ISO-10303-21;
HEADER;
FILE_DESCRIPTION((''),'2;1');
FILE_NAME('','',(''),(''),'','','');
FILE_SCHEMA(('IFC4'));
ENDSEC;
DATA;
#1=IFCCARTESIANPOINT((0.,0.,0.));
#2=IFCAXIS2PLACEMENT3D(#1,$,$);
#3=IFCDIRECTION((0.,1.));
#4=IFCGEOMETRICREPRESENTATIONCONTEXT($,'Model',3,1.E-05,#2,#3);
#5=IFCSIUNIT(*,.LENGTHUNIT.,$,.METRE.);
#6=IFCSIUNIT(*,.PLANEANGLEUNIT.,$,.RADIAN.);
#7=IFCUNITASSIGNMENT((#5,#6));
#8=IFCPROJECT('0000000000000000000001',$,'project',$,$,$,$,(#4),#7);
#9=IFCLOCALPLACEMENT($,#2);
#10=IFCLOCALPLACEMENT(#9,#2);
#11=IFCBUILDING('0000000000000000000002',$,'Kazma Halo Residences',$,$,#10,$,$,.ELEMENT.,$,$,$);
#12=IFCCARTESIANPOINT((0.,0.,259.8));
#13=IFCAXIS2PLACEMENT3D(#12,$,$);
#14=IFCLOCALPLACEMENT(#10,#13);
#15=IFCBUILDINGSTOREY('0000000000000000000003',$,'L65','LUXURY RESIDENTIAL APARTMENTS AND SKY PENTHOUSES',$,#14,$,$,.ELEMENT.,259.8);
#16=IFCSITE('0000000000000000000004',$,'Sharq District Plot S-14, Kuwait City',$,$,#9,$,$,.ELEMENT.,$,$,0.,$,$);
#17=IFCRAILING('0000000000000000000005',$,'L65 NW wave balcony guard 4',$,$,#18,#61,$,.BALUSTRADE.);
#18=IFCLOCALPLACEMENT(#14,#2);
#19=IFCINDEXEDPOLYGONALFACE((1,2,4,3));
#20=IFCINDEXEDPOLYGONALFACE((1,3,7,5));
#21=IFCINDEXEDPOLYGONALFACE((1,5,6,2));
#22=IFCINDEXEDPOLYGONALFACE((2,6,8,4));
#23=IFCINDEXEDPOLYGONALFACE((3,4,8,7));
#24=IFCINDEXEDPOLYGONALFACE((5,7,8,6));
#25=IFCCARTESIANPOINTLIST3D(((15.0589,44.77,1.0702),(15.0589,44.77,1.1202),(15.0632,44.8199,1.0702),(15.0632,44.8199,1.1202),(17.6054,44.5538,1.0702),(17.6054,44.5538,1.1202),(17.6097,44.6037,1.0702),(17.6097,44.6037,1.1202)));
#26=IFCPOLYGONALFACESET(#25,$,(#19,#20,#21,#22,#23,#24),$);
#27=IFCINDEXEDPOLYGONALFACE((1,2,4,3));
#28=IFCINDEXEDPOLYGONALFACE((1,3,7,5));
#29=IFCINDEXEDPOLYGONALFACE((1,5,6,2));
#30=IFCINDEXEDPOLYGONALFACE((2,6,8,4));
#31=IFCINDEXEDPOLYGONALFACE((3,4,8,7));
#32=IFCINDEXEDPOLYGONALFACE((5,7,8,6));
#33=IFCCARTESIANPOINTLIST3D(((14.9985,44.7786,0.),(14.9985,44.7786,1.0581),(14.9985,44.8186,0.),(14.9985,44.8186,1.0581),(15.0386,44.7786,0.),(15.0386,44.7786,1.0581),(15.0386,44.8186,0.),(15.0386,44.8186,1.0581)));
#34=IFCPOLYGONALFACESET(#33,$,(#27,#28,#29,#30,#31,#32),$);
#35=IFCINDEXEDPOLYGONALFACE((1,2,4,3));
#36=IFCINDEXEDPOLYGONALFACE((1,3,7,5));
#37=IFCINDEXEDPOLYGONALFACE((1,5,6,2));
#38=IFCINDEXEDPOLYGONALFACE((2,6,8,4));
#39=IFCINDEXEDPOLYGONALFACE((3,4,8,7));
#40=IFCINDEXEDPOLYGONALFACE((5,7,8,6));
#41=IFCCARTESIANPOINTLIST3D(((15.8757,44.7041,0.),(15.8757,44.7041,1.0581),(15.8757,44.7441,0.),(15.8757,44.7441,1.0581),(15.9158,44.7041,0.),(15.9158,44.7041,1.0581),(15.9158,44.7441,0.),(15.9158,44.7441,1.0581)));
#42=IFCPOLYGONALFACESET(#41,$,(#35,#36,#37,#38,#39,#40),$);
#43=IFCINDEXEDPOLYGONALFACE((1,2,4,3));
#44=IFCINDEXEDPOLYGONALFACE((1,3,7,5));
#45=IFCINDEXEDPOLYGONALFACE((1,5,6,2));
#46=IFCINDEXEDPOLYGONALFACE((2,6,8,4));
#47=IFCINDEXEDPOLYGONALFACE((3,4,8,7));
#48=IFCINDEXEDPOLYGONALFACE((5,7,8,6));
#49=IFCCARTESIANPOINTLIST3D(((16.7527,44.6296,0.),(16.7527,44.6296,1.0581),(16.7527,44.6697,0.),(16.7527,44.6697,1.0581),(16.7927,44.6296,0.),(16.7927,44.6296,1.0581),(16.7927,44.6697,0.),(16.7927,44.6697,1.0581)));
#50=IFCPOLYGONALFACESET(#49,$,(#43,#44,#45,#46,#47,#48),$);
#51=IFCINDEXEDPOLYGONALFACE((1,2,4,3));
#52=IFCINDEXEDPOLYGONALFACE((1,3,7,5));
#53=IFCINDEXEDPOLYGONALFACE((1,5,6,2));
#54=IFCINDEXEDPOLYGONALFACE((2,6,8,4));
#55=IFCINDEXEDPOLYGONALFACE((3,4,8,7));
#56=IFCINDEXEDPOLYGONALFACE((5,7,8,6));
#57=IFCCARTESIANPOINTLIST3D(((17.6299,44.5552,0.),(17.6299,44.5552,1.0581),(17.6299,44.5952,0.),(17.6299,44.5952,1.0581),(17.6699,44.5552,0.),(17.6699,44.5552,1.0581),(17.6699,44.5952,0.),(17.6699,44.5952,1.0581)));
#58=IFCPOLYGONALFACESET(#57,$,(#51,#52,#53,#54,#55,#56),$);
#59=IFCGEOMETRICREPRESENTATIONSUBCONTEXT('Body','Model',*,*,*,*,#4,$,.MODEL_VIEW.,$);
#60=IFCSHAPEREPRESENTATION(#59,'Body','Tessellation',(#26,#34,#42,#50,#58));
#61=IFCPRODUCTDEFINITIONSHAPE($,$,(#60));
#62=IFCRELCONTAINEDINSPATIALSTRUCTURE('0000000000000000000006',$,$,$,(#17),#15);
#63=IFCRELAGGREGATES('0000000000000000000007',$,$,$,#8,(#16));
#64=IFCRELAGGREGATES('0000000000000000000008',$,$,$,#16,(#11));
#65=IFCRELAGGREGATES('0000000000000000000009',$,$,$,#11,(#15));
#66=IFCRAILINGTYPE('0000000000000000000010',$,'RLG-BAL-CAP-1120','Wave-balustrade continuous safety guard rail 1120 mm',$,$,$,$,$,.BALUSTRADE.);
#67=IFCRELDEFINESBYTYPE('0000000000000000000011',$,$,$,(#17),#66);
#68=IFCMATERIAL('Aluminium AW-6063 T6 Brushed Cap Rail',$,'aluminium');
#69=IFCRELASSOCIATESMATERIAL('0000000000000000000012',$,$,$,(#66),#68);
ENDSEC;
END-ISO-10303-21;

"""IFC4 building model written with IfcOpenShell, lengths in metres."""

from ifc_helpers import new_model, si_unit, direction, frame, origin, origin_2d, place, context, subcontext, project, spatial, rectangle, extrude, material, type_object, element, save


model = new_model("IFC4")

# Units and contexts
model_context = context("Model", 3, precision=1e-05, world=origin(), true_north=direction((0.0, 1.0)))
body_context = subcontext(model_context, "Body", "Model", "MODEL_VIEW")
ifc_project = project(units=[si_unit("LENGTHUNIT", "METRE"), si_unit("PLANEANGLEUNIT", "RADIAN")], contexts=[model_context])

# Site, building, storey
site_placement = place(None, origin())
site = spatial("IfcSite", under=ifc_project, at=site_placement, Name="Sharq District Plot S-14, Kuwait City", CompositionType="ELEMENT", RefElevation=0.0)
building_placement = place(site_placement, origin())
building = spatial("IfcBuilding", under=site, at=building_placement, Name="Kazma Halo Residences", CompositionType="ELEMENT")
storey_placement = place(building_placement, frame((0.0, 0.0, 259.8)))
storey = spatial("IfcBuildingStorey", under=building, at=storey_placement, Name="L65", Description="LUXURY RESIDENTIAL APARTMENTS AND SKY PENTHOUSES", CompositionType="ELEMENT", Elevation=259.8)

# Railing
ifc_material_1 = material(Name="Aluminium AW-6063 T6 Brushed Cap Rail", Category="aluminium")
railing_type = type_object("IfcRailingType", Name="RLG-BAL-CAP-1120", Description="Wave-balustrade continuous safety guard rail 1120 mm", PredefinedType="BALUSTRADE", material=ifc_material_1)
railing_placement = place(storey_placement, frame((15.0186, 44.7986, 0.0)))
element("IfcRailing", 1, at=railing_placement, inside=storey, type_object=railing_type, Name="L65 NW wave balcony guard 4", PredefinedType="BALUSTRADE", context=body_context, shape_type="SweptSolid", body=[
    extrude(rectangle(XDim=0.05, YDim=0.05, at=origin_2d()), frame((0.0425, -0.0037, 1.0952), z_axis=(0.996416, -0.084591, 0.0), x_axis=(0.084591, 0.996416, 0.0)), (0.0, 0.0, 1.0), 2.5557),
    extrude(rectangle(XDim=0.04, YDim=0.04, at=origin_2d()), origin(), (0.0, 0.0, 1.0), 1.0581),
    extrude(rectangle(XDim=0.04, YDim=0.04, at=origin_2d()), frame((0.8772, -0.0745, 0.0)), (0.0, 0.0, 1.0), 1.0581),
    extrude(rectangle(XDim=0.04, YDim=0.04, at=origin_2d()), frame((1.7542, -0.1489, 0.0)), (0.0, 0.0, 1.0), 1.0581),
    extrude(rectangle(XDim=0.04, YDim=0.04, at=origin_2d()), frame((2.6313, -0.2234, 0.0)), (0.0, 0.0, 1.0), 1.0581),
])

save(model, "model.ifc")
